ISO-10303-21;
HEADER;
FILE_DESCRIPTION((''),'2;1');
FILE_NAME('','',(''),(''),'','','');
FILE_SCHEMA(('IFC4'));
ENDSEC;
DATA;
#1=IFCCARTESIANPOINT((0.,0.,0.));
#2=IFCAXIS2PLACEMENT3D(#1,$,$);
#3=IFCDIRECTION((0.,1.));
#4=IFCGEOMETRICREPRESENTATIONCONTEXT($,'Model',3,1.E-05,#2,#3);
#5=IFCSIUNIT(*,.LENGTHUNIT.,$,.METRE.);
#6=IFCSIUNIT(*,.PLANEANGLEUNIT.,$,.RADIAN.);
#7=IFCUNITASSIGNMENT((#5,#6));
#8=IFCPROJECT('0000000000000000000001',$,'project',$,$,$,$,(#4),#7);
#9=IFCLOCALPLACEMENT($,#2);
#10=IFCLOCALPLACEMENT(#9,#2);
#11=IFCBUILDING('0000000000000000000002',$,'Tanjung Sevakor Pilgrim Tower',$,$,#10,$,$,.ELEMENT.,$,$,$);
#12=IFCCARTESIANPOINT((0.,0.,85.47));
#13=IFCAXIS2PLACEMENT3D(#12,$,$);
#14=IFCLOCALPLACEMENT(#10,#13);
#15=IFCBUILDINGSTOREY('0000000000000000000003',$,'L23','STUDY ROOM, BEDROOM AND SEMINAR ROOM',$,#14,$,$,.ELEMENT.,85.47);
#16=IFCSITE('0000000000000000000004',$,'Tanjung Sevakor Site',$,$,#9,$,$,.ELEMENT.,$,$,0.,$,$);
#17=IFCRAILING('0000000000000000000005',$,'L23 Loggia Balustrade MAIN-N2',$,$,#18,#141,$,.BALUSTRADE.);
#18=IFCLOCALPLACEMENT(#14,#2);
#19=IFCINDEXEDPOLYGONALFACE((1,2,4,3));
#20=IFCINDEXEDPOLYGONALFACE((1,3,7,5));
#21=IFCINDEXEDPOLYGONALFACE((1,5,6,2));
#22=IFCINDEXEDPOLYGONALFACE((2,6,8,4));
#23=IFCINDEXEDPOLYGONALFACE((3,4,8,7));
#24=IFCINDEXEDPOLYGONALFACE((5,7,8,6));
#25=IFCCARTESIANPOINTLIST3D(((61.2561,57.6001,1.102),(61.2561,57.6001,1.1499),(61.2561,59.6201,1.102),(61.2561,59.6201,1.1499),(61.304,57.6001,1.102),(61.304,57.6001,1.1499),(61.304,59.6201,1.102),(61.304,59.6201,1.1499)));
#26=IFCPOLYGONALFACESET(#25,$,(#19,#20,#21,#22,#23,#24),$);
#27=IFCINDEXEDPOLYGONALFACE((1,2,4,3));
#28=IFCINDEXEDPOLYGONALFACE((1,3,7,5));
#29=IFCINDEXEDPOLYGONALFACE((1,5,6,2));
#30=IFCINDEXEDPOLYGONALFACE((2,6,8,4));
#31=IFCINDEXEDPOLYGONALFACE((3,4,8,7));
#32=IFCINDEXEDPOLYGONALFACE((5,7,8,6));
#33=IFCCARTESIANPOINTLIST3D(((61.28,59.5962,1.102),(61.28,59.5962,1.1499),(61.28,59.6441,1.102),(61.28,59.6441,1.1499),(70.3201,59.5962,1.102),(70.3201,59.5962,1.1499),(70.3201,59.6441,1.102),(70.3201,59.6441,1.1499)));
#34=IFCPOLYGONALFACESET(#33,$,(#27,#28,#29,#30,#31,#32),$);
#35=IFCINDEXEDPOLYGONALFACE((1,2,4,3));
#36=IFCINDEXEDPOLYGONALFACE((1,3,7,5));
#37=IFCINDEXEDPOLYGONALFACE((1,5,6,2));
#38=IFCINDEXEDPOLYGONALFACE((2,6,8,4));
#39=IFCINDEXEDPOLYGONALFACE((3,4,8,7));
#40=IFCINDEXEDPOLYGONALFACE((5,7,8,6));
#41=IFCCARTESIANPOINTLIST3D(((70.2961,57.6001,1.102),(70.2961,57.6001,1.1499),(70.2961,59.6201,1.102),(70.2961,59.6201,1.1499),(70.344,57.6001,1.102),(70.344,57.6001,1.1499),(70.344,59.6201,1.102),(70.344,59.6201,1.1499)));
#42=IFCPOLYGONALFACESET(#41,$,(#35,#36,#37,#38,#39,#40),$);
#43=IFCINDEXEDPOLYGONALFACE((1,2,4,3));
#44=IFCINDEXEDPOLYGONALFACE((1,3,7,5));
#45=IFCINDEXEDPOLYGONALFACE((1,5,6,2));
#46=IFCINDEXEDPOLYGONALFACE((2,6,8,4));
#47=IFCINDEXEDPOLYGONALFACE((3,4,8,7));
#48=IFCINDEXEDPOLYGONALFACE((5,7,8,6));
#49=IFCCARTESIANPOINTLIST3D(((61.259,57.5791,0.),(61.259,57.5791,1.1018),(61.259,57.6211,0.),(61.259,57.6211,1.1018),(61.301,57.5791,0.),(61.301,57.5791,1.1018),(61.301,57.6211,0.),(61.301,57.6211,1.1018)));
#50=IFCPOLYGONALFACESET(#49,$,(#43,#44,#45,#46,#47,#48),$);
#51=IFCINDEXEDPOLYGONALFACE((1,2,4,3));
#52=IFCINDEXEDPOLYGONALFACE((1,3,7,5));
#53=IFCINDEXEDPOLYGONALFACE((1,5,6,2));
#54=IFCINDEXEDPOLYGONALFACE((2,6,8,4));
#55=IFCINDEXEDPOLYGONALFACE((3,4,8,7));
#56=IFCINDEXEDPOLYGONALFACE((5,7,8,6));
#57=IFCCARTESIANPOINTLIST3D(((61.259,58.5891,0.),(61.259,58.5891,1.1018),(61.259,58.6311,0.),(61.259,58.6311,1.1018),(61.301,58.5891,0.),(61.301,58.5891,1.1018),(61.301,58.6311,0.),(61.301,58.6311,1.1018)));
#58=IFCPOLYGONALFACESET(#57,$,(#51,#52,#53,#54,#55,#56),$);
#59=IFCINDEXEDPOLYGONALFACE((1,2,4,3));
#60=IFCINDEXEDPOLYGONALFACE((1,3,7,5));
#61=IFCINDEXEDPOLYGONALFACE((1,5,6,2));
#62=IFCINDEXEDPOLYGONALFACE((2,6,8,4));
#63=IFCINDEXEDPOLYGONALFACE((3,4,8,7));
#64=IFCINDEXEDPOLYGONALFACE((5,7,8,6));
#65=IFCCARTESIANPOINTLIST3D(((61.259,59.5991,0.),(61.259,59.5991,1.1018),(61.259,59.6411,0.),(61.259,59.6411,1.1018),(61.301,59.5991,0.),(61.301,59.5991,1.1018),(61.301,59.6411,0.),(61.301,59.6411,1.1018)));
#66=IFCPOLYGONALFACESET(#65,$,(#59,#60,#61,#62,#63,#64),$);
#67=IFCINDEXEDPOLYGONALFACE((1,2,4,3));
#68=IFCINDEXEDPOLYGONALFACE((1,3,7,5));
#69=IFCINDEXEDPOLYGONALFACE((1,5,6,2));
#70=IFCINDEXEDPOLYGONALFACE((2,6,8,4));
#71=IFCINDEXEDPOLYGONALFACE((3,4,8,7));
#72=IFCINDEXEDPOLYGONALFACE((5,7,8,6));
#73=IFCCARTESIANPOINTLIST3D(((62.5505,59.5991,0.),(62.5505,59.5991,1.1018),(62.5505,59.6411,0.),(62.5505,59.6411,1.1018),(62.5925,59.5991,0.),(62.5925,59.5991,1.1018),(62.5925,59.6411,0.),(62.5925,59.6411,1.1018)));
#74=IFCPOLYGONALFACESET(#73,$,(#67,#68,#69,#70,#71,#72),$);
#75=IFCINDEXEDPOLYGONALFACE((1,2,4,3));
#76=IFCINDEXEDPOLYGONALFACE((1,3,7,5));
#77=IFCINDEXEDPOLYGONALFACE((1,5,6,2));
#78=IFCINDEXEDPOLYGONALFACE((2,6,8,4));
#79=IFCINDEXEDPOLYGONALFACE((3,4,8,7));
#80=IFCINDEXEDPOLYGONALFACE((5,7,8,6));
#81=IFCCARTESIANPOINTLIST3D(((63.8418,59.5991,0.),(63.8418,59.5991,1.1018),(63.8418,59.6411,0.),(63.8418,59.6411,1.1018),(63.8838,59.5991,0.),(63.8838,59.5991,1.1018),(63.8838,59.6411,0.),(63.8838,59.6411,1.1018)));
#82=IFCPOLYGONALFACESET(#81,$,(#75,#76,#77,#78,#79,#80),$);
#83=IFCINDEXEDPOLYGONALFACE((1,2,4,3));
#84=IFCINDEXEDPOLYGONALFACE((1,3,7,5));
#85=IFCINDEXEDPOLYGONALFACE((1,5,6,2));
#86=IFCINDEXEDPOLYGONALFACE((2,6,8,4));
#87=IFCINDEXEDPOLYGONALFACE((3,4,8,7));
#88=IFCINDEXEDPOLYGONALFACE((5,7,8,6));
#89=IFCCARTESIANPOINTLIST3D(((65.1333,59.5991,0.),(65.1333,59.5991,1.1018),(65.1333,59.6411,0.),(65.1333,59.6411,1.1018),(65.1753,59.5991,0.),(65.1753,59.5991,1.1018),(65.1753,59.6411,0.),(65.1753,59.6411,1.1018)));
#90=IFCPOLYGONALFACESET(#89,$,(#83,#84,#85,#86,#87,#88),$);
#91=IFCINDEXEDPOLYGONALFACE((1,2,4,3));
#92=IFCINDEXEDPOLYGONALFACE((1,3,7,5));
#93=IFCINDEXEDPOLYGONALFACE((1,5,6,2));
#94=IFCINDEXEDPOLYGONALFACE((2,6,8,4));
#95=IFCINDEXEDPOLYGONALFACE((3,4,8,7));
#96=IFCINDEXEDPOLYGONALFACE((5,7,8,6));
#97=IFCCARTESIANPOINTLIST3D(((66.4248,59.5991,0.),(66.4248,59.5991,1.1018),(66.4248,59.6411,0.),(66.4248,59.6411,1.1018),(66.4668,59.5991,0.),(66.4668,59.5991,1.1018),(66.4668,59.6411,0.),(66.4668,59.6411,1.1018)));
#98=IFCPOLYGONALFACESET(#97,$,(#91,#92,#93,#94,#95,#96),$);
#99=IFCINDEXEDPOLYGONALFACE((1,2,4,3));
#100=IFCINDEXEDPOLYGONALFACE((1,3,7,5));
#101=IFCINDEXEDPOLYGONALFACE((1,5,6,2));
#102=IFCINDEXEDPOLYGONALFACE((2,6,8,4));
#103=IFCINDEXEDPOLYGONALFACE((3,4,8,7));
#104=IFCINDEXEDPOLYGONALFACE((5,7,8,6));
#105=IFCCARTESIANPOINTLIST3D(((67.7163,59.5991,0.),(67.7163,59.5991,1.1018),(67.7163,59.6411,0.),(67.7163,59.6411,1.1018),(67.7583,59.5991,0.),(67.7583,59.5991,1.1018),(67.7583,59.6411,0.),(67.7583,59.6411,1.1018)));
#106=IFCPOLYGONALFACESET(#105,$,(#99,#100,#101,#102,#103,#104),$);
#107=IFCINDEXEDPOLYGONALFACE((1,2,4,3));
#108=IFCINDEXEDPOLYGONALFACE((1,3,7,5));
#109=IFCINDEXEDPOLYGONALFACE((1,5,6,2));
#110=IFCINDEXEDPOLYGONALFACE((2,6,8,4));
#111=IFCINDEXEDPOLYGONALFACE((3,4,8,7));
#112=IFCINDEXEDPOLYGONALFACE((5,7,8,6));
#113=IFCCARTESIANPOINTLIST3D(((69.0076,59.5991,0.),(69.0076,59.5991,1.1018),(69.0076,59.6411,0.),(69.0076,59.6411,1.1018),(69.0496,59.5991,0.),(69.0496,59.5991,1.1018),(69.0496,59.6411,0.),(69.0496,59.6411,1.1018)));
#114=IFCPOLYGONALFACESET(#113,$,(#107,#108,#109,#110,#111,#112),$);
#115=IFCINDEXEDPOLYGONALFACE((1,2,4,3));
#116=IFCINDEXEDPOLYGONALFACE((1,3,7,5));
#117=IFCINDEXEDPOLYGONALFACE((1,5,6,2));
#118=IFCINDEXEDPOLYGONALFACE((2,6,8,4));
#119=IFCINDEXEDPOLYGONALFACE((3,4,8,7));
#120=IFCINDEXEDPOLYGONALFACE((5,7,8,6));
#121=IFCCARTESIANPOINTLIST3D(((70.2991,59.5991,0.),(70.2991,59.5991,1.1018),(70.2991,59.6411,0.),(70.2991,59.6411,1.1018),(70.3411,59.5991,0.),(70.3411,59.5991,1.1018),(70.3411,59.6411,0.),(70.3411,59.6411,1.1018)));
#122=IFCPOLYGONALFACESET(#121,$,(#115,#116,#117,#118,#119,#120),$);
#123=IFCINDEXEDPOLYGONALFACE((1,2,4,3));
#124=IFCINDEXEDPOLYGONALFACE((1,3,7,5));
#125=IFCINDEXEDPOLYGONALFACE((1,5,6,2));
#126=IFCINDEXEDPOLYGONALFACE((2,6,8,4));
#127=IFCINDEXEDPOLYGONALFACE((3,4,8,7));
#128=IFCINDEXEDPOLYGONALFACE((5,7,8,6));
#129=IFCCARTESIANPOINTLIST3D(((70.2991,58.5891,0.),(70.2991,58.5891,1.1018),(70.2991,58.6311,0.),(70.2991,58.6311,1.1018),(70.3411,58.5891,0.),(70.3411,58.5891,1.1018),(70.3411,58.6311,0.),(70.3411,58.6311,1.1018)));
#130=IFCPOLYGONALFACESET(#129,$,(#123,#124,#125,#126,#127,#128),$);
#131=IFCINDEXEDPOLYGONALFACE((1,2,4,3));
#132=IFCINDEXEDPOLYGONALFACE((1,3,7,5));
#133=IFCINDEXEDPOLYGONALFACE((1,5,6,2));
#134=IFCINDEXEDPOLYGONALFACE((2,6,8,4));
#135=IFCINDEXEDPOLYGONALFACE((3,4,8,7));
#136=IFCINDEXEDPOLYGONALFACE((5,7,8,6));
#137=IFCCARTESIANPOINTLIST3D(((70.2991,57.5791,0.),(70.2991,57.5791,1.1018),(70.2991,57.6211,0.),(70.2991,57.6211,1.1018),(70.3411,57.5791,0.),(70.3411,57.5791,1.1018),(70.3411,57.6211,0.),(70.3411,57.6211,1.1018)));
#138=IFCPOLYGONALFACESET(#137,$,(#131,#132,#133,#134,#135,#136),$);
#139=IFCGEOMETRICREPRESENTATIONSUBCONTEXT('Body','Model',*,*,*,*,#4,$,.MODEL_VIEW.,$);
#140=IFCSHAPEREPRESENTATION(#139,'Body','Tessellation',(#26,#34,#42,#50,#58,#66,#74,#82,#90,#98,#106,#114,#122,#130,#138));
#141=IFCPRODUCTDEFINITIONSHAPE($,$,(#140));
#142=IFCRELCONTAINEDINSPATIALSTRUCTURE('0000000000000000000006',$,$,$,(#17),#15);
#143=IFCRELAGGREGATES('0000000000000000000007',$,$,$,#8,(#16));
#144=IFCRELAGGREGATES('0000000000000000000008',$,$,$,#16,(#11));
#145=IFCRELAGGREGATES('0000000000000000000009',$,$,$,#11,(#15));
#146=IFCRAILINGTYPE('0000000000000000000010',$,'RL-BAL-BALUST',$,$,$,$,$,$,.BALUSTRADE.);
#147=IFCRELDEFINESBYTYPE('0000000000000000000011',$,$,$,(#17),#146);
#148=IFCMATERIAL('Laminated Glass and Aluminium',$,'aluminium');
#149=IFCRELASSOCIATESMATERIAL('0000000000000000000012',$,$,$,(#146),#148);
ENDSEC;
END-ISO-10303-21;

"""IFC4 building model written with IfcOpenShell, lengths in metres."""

from ifc_helpers import new_model, si_unit, direction, frame, origin, place, context, subcontext, project, spatial, rectangle, extrude, material, type_object, element, save


model = new_model("IFC4")

# Units and contexts
model_context = context("Model", 3, precision=1e-05, world=origin(), true_north=direction((0.0, 1.0)))
body_context = subcontext(model_context, "Body", "Model", "MODEL_VIEW")
ifc_project = project(units=[si_unit("LENGTHUNIT", "METRE"), si_unit("PLANEANGLEUNIT", "RADIAN")], contexts=[model_context])

# Site, building, storey
site_placement = place(None, origin())
site = spatial("IfcSite", under=ifc_project, at=site_placement, Name="Tanjung Sevakor Site", CompositionType="ELEMENT", RefElevation=0.0)
building_placement = place(site_placement, origin())
building = spatial("IfcBuilding", under=site, at=building_placement, Name="Tanjung Sevakor Pilgrim Tower", CompositionType="ELEMENT")
storey_placement = place(building_placement, frame((0.0, 0.0, 85.47)))
storey = spatial("IfcBuildingStorey", under=building, at=storey_placement, Name="L23", Description="STUDY ROOM, BEDROOM AND SEMINAR ROOM", CompositionType="ELEMENT", Elevation=85.47)

# Railing
ifc_material_1 = material(Name="Laminated Glass and Aluminium", Category="aluminium")
railing_type = type_object("IfcRailingType", Name="RL-BAL-BALUST", PredefinedType="BALUSTRADE", material=ifc_material_1)
railing_1_placement = place(storey_placement, frame((61.28, 57.6001, 0.0)))
element("IfcRailing", 1, at=railing_1_placement, inside=storey, type_object=railing_type, Name="L23 Loggia Balustrade MAIN-N2", PredefinedType="BALUSTRADE", context=body_context, shape_type="SweptSolid", body=[
    extrude(rectangle(XDim=0.0479, YDim=0.0479), frame((0.0, 0.0, 1.126), z_axis=(0.0, 1.0, 0.0), x_axis=(-1.0, 0.0, 0.0)), (0.0, 0.0, 1.0), 2.02),
    extrude(rectangle(XDim=0.0479, YDim=0.0479), frame((0.0, 2.02, 1.126), z_axis=(1.0, 0.0, 0.0), x_axis=(0.0, 1.0, 0.0)), (0.0, 0.0, 1.0), 9.04),
    extrude(rectangle(XDim=0.0479, YDim=0.0479), frame((9.04, 2.02, 1.126), z_axis=(0.0, -1.0, 0.0), x_axis=(1.0, 0.0, 0.0)), (0.0, 0.0, 1.0), 2.02),
    extrude(rectangle(XDim=0.042, YDim=0.042), origin(), (0.0, 0.0, 1.0), 1.1018),
    extrude(rectangle(XDim=0.042, YDim=0.042), frame((0.0, 1.01, 0.0)), (0.0, 0.0, 1.0), 1.1018),
    extrude(rectangle(XDim=0.042, YDim=0.042), frame((0.0, 2.02, 0.0)), (0.0, 0.0, 1.0), 1.1018),
    extrude(rectangle(XDim=0.042, YDim=0.042), frame((1.2915, 2.02, 0.0)), (0.0, 0.0, 1.0), 1.1018),
    extrude(rectangle(XDim=0.042, YDim=0.042), frame((2.5828, 2.02, 0.0)), (0.0, 0.0, 1.0), 1.1018),
    extrude(rectangle(XDim=0.042, YDim=0.042), frame((3.8743, 2.02, 0.0)), (0.0, 0.0, 1.0), 1.1018),
    extrude(rectangle(XDim=0.042, YDim=0.042), frame((5.1658, 2.02, 0.0)), (0.0, 0.0, 1.0), 1.1018),
    extrude(rectangle(XDim=0.042, YDim=0.042), frame((6.4573, 2.02, 0.0)), (0.0, 0.0, 1.0), 1.1018),
    extrude(rectangle(XDim=0.042, YDim=0.042), frame((7.7485, 2.02, 0.0)), (0.0, 0.0, 1.0), 1.1018),
    extrude(rectangle(XDim=0.042, YDim=0.042), frame((9.04, 2.02, 0.0)), (0.0, 0.0, 1.0), 1.1018),
    extrude(rectangle(XDim=0.042, YDim=0.042), frame((9.04, 1.01, 0.0)), (0.0, 0.0, 1.0), 1.1018),
    extrude(rectangle(XDim=0.042, YDim=0.042), frame((9.04, 0.0, 0.0)), (0.0, 0.0, 1.0), 1.1018),
])

save(model, "model.ifc")
